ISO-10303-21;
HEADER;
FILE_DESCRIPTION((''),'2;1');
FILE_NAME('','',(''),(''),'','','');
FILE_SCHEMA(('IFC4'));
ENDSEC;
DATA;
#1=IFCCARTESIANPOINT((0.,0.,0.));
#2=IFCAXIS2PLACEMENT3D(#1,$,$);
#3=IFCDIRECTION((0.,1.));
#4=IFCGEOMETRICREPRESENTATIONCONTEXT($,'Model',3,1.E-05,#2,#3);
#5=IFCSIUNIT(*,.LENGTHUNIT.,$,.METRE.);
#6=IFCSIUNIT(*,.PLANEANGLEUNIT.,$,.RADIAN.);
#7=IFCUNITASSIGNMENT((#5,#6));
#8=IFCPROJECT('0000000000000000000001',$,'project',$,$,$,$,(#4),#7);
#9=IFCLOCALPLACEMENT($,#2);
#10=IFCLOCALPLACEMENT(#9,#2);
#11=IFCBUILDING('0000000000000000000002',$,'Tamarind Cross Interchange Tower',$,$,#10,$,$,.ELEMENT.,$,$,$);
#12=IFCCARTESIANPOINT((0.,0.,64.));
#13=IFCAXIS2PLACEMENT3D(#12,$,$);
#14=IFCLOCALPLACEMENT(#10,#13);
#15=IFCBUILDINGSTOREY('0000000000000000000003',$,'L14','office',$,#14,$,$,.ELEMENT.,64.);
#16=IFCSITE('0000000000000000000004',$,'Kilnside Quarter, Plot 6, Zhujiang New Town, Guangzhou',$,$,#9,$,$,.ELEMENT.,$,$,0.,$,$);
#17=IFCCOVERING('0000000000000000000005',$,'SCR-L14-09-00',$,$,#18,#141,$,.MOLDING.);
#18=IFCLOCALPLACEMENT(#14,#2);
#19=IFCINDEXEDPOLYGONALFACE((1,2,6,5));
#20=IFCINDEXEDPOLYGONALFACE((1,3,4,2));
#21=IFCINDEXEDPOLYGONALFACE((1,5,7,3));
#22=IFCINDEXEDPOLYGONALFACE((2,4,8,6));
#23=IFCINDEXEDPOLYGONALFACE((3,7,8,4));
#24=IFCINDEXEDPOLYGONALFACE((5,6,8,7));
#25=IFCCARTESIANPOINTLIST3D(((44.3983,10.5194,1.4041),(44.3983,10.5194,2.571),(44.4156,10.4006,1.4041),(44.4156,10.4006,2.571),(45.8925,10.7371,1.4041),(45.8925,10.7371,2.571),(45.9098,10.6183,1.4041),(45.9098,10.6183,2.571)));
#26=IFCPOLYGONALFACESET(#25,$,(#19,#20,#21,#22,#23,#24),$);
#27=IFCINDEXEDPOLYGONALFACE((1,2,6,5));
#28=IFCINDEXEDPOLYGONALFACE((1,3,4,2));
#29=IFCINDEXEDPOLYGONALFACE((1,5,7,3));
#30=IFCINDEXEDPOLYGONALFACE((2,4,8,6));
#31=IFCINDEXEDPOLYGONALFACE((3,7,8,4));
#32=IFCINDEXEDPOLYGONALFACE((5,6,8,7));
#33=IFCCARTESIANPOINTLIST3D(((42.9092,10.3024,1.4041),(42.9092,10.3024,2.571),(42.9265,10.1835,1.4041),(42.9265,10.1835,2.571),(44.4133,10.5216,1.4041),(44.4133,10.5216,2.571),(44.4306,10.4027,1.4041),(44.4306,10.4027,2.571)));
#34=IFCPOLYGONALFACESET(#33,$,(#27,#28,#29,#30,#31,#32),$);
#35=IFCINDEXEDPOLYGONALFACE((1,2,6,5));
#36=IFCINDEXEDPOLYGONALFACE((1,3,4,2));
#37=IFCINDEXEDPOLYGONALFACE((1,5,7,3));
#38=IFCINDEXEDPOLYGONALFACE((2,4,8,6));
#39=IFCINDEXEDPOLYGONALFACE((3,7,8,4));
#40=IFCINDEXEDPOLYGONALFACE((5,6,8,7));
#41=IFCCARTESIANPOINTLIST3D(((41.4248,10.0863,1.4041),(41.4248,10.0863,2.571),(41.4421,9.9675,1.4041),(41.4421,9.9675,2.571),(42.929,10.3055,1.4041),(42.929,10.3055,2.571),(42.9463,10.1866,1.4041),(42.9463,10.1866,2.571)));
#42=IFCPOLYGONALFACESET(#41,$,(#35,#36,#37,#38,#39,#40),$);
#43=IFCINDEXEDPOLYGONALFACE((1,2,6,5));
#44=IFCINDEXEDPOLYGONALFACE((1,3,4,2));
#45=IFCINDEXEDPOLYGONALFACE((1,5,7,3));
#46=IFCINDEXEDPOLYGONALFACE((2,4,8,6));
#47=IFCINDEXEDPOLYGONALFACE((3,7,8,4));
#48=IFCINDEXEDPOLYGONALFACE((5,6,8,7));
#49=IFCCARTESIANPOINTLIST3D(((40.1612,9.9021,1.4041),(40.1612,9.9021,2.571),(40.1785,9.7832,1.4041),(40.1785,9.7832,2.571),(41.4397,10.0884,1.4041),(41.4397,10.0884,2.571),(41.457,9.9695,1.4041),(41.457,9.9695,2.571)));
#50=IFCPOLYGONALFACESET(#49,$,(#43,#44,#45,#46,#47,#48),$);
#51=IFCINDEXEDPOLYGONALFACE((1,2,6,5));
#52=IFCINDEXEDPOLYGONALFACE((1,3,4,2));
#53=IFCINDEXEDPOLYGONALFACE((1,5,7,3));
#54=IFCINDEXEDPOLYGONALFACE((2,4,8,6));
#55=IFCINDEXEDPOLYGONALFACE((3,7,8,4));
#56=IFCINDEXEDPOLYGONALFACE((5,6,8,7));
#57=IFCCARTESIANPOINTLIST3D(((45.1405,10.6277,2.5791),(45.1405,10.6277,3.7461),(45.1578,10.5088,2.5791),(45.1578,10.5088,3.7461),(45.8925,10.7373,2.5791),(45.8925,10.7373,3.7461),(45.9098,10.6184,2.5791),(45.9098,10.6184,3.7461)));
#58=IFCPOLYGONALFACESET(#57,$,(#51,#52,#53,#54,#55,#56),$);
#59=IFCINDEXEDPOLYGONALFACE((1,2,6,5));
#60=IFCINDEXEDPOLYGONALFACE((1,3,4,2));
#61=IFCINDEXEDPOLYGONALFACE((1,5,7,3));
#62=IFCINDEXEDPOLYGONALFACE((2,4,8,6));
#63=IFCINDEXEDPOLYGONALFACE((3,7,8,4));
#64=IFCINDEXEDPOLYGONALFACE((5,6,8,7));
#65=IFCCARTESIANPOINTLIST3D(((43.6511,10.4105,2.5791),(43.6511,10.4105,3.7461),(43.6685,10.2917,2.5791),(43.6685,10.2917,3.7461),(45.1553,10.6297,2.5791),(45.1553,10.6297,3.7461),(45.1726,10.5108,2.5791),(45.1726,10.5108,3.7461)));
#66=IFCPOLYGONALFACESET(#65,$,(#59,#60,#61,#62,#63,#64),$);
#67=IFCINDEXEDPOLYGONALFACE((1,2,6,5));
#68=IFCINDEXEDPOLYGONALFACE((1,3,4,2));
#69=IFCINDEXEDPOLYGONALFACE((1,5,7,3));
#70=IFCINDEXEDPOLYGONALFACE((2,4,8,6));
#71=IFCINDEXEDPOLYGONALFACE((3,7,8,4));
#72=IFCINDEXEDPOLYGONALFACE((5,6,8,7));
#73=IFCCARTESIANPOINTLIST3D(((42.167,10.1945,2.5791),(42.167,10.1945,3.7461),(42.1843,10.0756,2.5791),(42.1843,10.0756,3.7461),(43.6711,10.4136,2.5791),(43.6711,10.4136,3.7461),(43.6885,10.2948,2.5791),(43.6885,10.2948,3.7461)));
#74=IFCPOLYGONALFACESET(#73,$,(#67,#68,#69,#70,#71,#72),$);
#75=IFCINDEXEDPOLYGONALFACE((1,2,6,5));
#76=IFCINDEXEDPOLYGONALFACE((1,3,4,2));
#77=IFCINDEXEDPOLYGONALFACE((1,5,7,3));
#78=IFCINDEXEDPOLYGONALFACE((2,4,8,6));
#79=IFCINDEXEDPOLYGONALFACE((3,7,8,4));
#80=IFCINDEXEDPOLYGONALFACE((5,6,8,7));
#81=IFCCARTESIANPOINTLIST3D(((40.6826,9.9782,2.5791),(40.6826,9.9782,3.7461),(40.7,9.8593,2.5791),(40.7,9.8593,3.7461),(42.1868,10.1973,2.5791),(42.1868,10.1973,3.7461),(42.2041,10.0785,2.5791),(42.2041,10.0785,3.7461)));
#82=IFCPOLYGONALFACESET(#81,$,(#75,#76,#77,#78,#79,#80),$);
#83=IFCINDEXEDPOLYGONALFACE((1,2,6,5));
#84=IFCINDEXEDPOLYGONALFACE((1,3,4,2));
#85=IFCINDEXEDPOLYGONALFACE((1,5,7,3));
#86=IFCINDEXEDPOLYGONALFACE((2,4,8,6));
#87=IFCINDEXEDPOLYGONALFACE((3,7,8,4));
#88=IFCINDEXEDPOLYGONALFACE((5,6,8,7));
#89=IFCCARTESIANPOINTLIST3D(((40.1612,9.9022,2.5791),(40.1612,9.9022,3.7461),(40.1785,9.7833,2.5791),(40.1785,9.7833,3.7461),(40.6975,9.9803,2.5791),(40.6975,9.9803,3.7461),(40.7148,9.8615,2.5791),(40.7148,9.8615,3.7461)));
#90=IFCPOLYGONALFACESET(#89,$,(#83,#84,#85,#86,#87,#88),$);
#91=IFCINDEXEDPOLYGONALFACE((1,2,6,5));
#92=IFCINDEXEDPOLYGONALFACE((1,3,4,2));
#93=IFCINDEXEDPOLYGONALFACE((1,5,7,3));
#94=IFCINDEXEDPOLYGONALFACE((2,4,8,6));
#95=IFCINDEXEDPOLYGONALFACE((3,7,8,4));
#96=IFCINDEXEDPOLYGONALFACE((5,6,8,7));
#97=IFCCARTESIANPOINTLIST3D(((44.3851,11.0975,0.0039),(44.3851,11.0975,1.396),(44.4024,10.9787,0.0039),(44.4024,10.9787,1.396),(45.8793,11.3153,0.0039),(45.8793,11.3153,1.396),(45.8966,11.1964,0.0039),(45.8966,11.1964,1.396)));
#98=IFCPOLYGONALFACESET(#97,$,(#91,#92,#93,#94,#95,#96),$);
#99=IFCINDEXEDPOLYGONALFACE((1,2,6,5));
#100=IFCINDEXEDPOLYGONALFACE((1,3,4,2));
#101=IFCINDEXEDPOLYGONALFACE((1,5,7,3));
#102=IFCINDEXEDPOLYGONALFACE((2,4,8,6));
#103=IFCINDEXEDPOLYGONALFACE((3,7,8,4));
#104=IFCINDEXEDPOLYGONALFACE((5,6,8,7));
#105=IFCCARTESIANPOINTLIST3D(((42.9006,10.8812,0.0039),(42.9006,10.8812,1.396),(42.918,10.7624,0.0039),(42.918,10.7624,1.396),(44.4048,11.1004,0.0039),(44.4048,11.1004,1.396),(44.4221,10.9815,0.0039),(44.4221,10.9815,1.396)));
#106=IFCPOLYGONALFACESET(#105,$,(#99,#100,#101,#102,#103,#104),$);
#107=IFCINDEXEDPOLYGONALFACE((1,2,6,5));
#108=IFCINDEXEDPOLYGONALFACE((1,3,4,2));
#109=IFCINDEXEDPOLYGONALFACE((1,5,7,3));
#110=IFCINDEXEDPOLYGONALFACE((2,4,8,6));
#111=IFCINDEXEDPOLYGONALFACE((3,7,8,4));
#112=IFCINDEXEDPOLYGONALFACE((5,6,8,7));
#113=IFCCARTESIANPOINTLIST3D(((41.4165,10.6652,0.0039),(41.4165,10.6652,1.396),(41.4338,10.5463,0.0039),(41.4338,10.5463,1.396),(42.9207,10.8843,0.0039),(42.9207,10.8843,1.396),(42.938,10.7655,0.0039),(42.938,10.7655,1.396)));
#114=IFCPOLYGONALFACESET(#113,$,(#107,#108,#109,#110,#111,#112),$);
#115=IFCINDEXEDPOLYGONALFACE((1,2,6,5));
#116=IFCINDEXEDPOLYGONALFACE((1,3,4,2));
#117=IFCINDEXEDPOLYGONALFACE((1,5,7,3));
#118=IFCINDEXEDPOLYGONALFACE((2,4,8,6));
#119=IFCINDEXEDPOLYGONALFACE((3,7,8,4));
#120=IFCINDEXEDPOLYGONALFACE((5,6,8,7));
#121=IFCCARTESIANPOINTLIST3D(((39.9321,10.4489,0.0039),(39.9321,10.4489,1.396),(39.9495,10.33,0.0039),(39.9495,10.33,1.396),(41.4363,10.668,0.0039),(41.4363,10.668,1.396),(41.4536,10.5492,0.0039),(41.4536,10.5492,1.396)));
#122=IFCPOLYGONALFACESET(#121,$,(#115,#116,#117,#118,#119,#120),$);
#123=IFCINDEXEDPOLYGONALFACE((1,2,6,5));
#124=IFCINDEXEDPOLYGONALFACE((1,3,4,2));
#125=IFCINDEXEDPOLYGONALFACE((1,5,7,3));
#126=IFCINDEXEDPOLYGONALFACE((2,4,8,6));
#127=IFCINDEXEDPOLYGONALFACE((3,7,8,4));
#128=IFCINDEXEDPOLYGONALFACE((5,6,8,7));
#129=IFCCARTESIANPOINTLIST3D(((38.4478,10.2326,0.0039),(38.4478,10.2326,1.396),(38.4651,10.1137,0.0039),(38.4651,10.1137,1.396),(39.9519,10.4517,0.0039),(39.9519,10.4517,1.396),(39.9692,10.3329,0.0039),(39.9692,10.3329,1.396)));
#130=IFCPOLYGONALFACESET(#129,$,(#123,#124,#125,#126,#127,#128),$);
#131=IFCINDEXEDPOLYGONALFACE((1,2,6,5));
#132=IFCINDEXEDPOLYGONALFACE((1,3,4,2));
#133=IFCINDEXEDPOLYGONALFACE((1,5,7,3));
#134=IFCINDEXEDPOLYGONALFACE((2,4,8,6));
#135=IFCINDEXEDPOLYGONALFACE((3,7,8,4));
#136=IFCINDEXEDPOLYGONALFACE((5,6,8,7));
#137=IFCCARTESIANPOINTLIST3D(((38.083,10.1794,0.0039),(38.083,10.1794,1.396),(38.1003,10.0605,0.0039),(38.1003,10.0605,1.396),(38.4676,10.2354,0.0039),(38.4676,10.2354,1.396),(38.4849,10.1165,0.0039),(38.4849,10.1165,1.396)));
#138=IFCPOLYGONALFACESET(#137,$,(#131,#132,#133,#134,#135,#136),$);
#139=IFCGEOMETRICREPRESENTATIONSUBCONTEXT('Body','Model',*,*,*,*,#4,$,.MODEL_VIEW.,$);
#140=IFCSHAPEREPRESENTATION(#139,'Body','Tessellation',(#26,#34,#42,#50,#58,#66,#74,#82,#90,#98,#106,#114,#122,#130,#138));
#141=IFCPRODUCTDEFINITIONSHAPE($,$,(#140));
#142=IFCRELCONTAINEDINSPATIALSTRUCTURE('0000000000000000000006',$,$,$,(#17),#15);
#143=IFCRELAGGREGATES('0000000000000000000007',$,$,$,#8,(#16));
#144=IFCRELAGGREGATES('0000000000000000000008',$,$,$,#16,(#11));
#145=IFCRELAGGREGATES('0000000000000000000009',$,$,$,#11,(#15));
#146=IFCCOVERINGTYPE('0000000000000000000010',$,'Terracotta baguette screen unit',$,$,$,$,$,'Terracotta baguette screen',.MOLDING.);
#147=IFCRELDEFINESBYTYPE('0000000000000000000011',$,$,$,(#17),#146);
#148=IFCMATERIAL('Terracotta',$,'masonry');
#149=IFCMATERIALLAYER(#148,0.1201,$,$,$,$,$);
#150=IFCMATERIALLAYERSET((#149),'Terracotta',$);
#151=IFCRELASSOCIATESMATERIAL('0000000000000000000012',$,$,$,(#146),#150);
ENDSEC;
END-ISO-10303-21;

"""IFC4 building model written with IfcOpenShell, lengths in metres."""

from ifc_helpers import new_model, si_unit, direction, frame, origin, origin_2d, place, context, subcontext, project, spatial, rectangle, extrude, material, layer, layer_set, type_object, element, save


model = new_model("IFC4")

# Units and contexts
model_context = context("Model", 3, precision=1e-05, world=origin(), true_north=direction((0.0, 1.0)))
body_context = subcontext(model_context, "Body", "Model", "MODEL_VIEW")
ifc_project = project(units=[si_unit("LENGTHUNIT", "METRE"), si_unit("PLANEANGLEUNIT", "RADIAN")], contexts=[model_context])

# Site, building, storey
site_placement = place(None, origin())
site = spatial("IfcSite", under=ifc_project, at=site_placement, Name="Kilnside Quarter, Plot 6, Zhujiang New Town, Guangzhou", CompositionType="ELEMENT", RefElevation=0.0)
building_placement = place(site_placement, origin())
building = spatial("IfcBuilding", under=site, at=building_placement, Name="Tamarind Cross Interchange Tower", CompositionType="ELEMENT")
storey_placement = place(building_placement, frame((0.0, 0.0, 64.0)))
storey = spatial("IfcBuildingStorey", under=building, at=storey_placement, Name="L14", Description="office", CompositionType="ELEMENT", Elevation=64.0)

# Covering
ifc_material_1 = material(Name="Terracotta", Category="masonry")
ifc_layer_1 = layer(ifc_material_1, 0.1201)
ifc_layer_set_1 = layer_set([ifc_layer_1], Name="Terracotta")
covering_type = type_object("IfcCoveringType", Name="Terracotta baguette screen unit", ElementType="Terracotta baguette screen", PredefinedType="MOLDING", material=ifc_layer_set_1)
covering_1_placement = place(storey_placement, origin())
element("IfcCovering", 1, at=covering_1_placement, inside=storey, type_object=covering_type, Name="SCR-L14-09-00", PredefinedType="MOLDING", context=body_context, shape_type="SweptSolid", body=[
    extrude(rectangle(XDim=1.51, YDim=0.1201, at=origin_2d()), frame((45.1541, 10.5688, 1.4041), z_axis=(0.0, 0.0, 1.0), x_axis=(-0.98955, -0.144187, 0.0)), (0.0, 0.0, 1.0), 1.167),
    extrude(rectangle(XDim=1.52, YDim=0.1201, at=origin_2d()), frame((43.6699, 10.3525, 1.4041), z_axis=(0.0, 0.0, 1.0), x_axis=(-0.98955, -0.144187, 0.0)), (0.0, 0.0, 1.0), 1.167),
    extrude(rectangle(XDim=1.52, YDim=0.1201, at=origin_2d()), frame((42.1855, 10.1365, 1.4041), z_axis=(0.0, 0.0, 1.0), x_axis=(-0.98955, -0.144187, 0.0)), (0.0, 0.0, 1.0), 1.167),
    extrude(rectangle(XDim=1.292, YDim=0.1201, at=origin_2d()), frame((40.8091, 9.9358, 1.4041), z_axis=(0.0, 0.0, 1.0), x_axis=(-0.98955, -0.144187, 0.0)), (0.0, 0.0, 1.0), 1.167),
    extrude(rectangle(XDim=0.76, YDim=0.1201, at=origin_2d()), frame((45.5251, 10.623, 2.5791), z_axis=(0.0, 0.0, 1.0), x_axis=(-0.98955, -0.144187, 0.0)), (0.0, 0.0, 1.0), 1.167),
    extrude(rectangle(XDim=1.52, YDim=0.1201, at=origin_2d()), frame((44.4119, 10.4607, 2.5791), z_axis=(0.0, 0.0, 1.0), x_axis=(-0.98955, -0.144187, 0.0)), (0.0, 0.0, 1.0), 1.167),
    extrude(rectangle(XDim=1.52, YDim=0.1201, at=origin_2d()), frame((42.9277, 10.2446, 2.5791), z_axis=(0.0, 0.0, 1.0), x_axis=(-0.98955, -0.144187, 0.0)), (0.0, 0.0, 1.0), 1.167),
    extrude(rectangle(XDim=1.52, YDim=0.1201, at=origin_2d()), frame((41.4434, 10.0283, 2.5791), z_axis=(0.0, 0.0, 1.0), x_axis=(-0.98955, -0.144187, 0.0)), (0.0, 0.0, 1.0), 1.167),
    extrude(rectangle(XDim=0.542, YDim=0.1201, at=origin_2d()), frame((40.438, 9.8818, 2.5791), z_axis=(0.0, 0.0, 1.0), x_axis=(-0.98955, -0.144187, 0.0)), (0.0, 0.0, 1.0), 1.167),
    extrude(rectangle(XDim=1.51, YDim=0.1201, at=origin_2d()), frame((45.1409, 11.147, 0.0039), z_axis=(0.0, 0.0, 1.0), x_axis=(-0.98955, -0.144187, 0.0)), (0.0, 0.0, 1.0), 1.3921),
    extrude(rectangle(XDim=1.52, YDim=0.1201, at=origin_2d()), frame((43.6614, 10.9314, 0.0039), z_axis=(0.0, 0.0, 1.0), x_axis=(-0.98955, -0.144187, 0.0)), (0.0, 0.0, 1.0), 1.3921),
    extrude(rectangle(XDim=1.52, YDim=0.1201, at=origin_2d()), frame((42.1772, 10.7153, 0.0039), z_axis=(0.0, 0.0, 1.0), x_axis=(-0.98955, -0.144187, 0.0)), (0.0, 0.0, 1.0), 1.3921),
    extrude(rectangle(XDim=1.52, YDim=0.1201, at=origin_2d()), frame((40.6929, 10.499, 0.0039), z_axis=(0.0, 0.0, 1.0), x_axis=(-0.98955, -0.144187, 0.0)), (0.0, 0.0, 1.0), 1.3921),
    extrude(rectangle(XDim=1.52, YDim=0.1201, at=origin_2d()), frame((39.2085, 10.2827, 0.0039), z_axis=(0.0, 0.0, 1.0), x_axis=(-0.98955, -0.144187, 0.0)), (0.0, 0.0, 1.0), 1.3921),
    extrude(rectangle(XDim=0.3887, YDim=0.1201, at=origin_2d()), frame((38.2839, 10.1479, 0.0039), z_axis=(0.0, 0.0, 1.0), x_axis=(-0.98955, -0.144187, 0.0)), (0.0, 0.0, 1.0), 1.3921),
])

save(model, "model.ifc")
